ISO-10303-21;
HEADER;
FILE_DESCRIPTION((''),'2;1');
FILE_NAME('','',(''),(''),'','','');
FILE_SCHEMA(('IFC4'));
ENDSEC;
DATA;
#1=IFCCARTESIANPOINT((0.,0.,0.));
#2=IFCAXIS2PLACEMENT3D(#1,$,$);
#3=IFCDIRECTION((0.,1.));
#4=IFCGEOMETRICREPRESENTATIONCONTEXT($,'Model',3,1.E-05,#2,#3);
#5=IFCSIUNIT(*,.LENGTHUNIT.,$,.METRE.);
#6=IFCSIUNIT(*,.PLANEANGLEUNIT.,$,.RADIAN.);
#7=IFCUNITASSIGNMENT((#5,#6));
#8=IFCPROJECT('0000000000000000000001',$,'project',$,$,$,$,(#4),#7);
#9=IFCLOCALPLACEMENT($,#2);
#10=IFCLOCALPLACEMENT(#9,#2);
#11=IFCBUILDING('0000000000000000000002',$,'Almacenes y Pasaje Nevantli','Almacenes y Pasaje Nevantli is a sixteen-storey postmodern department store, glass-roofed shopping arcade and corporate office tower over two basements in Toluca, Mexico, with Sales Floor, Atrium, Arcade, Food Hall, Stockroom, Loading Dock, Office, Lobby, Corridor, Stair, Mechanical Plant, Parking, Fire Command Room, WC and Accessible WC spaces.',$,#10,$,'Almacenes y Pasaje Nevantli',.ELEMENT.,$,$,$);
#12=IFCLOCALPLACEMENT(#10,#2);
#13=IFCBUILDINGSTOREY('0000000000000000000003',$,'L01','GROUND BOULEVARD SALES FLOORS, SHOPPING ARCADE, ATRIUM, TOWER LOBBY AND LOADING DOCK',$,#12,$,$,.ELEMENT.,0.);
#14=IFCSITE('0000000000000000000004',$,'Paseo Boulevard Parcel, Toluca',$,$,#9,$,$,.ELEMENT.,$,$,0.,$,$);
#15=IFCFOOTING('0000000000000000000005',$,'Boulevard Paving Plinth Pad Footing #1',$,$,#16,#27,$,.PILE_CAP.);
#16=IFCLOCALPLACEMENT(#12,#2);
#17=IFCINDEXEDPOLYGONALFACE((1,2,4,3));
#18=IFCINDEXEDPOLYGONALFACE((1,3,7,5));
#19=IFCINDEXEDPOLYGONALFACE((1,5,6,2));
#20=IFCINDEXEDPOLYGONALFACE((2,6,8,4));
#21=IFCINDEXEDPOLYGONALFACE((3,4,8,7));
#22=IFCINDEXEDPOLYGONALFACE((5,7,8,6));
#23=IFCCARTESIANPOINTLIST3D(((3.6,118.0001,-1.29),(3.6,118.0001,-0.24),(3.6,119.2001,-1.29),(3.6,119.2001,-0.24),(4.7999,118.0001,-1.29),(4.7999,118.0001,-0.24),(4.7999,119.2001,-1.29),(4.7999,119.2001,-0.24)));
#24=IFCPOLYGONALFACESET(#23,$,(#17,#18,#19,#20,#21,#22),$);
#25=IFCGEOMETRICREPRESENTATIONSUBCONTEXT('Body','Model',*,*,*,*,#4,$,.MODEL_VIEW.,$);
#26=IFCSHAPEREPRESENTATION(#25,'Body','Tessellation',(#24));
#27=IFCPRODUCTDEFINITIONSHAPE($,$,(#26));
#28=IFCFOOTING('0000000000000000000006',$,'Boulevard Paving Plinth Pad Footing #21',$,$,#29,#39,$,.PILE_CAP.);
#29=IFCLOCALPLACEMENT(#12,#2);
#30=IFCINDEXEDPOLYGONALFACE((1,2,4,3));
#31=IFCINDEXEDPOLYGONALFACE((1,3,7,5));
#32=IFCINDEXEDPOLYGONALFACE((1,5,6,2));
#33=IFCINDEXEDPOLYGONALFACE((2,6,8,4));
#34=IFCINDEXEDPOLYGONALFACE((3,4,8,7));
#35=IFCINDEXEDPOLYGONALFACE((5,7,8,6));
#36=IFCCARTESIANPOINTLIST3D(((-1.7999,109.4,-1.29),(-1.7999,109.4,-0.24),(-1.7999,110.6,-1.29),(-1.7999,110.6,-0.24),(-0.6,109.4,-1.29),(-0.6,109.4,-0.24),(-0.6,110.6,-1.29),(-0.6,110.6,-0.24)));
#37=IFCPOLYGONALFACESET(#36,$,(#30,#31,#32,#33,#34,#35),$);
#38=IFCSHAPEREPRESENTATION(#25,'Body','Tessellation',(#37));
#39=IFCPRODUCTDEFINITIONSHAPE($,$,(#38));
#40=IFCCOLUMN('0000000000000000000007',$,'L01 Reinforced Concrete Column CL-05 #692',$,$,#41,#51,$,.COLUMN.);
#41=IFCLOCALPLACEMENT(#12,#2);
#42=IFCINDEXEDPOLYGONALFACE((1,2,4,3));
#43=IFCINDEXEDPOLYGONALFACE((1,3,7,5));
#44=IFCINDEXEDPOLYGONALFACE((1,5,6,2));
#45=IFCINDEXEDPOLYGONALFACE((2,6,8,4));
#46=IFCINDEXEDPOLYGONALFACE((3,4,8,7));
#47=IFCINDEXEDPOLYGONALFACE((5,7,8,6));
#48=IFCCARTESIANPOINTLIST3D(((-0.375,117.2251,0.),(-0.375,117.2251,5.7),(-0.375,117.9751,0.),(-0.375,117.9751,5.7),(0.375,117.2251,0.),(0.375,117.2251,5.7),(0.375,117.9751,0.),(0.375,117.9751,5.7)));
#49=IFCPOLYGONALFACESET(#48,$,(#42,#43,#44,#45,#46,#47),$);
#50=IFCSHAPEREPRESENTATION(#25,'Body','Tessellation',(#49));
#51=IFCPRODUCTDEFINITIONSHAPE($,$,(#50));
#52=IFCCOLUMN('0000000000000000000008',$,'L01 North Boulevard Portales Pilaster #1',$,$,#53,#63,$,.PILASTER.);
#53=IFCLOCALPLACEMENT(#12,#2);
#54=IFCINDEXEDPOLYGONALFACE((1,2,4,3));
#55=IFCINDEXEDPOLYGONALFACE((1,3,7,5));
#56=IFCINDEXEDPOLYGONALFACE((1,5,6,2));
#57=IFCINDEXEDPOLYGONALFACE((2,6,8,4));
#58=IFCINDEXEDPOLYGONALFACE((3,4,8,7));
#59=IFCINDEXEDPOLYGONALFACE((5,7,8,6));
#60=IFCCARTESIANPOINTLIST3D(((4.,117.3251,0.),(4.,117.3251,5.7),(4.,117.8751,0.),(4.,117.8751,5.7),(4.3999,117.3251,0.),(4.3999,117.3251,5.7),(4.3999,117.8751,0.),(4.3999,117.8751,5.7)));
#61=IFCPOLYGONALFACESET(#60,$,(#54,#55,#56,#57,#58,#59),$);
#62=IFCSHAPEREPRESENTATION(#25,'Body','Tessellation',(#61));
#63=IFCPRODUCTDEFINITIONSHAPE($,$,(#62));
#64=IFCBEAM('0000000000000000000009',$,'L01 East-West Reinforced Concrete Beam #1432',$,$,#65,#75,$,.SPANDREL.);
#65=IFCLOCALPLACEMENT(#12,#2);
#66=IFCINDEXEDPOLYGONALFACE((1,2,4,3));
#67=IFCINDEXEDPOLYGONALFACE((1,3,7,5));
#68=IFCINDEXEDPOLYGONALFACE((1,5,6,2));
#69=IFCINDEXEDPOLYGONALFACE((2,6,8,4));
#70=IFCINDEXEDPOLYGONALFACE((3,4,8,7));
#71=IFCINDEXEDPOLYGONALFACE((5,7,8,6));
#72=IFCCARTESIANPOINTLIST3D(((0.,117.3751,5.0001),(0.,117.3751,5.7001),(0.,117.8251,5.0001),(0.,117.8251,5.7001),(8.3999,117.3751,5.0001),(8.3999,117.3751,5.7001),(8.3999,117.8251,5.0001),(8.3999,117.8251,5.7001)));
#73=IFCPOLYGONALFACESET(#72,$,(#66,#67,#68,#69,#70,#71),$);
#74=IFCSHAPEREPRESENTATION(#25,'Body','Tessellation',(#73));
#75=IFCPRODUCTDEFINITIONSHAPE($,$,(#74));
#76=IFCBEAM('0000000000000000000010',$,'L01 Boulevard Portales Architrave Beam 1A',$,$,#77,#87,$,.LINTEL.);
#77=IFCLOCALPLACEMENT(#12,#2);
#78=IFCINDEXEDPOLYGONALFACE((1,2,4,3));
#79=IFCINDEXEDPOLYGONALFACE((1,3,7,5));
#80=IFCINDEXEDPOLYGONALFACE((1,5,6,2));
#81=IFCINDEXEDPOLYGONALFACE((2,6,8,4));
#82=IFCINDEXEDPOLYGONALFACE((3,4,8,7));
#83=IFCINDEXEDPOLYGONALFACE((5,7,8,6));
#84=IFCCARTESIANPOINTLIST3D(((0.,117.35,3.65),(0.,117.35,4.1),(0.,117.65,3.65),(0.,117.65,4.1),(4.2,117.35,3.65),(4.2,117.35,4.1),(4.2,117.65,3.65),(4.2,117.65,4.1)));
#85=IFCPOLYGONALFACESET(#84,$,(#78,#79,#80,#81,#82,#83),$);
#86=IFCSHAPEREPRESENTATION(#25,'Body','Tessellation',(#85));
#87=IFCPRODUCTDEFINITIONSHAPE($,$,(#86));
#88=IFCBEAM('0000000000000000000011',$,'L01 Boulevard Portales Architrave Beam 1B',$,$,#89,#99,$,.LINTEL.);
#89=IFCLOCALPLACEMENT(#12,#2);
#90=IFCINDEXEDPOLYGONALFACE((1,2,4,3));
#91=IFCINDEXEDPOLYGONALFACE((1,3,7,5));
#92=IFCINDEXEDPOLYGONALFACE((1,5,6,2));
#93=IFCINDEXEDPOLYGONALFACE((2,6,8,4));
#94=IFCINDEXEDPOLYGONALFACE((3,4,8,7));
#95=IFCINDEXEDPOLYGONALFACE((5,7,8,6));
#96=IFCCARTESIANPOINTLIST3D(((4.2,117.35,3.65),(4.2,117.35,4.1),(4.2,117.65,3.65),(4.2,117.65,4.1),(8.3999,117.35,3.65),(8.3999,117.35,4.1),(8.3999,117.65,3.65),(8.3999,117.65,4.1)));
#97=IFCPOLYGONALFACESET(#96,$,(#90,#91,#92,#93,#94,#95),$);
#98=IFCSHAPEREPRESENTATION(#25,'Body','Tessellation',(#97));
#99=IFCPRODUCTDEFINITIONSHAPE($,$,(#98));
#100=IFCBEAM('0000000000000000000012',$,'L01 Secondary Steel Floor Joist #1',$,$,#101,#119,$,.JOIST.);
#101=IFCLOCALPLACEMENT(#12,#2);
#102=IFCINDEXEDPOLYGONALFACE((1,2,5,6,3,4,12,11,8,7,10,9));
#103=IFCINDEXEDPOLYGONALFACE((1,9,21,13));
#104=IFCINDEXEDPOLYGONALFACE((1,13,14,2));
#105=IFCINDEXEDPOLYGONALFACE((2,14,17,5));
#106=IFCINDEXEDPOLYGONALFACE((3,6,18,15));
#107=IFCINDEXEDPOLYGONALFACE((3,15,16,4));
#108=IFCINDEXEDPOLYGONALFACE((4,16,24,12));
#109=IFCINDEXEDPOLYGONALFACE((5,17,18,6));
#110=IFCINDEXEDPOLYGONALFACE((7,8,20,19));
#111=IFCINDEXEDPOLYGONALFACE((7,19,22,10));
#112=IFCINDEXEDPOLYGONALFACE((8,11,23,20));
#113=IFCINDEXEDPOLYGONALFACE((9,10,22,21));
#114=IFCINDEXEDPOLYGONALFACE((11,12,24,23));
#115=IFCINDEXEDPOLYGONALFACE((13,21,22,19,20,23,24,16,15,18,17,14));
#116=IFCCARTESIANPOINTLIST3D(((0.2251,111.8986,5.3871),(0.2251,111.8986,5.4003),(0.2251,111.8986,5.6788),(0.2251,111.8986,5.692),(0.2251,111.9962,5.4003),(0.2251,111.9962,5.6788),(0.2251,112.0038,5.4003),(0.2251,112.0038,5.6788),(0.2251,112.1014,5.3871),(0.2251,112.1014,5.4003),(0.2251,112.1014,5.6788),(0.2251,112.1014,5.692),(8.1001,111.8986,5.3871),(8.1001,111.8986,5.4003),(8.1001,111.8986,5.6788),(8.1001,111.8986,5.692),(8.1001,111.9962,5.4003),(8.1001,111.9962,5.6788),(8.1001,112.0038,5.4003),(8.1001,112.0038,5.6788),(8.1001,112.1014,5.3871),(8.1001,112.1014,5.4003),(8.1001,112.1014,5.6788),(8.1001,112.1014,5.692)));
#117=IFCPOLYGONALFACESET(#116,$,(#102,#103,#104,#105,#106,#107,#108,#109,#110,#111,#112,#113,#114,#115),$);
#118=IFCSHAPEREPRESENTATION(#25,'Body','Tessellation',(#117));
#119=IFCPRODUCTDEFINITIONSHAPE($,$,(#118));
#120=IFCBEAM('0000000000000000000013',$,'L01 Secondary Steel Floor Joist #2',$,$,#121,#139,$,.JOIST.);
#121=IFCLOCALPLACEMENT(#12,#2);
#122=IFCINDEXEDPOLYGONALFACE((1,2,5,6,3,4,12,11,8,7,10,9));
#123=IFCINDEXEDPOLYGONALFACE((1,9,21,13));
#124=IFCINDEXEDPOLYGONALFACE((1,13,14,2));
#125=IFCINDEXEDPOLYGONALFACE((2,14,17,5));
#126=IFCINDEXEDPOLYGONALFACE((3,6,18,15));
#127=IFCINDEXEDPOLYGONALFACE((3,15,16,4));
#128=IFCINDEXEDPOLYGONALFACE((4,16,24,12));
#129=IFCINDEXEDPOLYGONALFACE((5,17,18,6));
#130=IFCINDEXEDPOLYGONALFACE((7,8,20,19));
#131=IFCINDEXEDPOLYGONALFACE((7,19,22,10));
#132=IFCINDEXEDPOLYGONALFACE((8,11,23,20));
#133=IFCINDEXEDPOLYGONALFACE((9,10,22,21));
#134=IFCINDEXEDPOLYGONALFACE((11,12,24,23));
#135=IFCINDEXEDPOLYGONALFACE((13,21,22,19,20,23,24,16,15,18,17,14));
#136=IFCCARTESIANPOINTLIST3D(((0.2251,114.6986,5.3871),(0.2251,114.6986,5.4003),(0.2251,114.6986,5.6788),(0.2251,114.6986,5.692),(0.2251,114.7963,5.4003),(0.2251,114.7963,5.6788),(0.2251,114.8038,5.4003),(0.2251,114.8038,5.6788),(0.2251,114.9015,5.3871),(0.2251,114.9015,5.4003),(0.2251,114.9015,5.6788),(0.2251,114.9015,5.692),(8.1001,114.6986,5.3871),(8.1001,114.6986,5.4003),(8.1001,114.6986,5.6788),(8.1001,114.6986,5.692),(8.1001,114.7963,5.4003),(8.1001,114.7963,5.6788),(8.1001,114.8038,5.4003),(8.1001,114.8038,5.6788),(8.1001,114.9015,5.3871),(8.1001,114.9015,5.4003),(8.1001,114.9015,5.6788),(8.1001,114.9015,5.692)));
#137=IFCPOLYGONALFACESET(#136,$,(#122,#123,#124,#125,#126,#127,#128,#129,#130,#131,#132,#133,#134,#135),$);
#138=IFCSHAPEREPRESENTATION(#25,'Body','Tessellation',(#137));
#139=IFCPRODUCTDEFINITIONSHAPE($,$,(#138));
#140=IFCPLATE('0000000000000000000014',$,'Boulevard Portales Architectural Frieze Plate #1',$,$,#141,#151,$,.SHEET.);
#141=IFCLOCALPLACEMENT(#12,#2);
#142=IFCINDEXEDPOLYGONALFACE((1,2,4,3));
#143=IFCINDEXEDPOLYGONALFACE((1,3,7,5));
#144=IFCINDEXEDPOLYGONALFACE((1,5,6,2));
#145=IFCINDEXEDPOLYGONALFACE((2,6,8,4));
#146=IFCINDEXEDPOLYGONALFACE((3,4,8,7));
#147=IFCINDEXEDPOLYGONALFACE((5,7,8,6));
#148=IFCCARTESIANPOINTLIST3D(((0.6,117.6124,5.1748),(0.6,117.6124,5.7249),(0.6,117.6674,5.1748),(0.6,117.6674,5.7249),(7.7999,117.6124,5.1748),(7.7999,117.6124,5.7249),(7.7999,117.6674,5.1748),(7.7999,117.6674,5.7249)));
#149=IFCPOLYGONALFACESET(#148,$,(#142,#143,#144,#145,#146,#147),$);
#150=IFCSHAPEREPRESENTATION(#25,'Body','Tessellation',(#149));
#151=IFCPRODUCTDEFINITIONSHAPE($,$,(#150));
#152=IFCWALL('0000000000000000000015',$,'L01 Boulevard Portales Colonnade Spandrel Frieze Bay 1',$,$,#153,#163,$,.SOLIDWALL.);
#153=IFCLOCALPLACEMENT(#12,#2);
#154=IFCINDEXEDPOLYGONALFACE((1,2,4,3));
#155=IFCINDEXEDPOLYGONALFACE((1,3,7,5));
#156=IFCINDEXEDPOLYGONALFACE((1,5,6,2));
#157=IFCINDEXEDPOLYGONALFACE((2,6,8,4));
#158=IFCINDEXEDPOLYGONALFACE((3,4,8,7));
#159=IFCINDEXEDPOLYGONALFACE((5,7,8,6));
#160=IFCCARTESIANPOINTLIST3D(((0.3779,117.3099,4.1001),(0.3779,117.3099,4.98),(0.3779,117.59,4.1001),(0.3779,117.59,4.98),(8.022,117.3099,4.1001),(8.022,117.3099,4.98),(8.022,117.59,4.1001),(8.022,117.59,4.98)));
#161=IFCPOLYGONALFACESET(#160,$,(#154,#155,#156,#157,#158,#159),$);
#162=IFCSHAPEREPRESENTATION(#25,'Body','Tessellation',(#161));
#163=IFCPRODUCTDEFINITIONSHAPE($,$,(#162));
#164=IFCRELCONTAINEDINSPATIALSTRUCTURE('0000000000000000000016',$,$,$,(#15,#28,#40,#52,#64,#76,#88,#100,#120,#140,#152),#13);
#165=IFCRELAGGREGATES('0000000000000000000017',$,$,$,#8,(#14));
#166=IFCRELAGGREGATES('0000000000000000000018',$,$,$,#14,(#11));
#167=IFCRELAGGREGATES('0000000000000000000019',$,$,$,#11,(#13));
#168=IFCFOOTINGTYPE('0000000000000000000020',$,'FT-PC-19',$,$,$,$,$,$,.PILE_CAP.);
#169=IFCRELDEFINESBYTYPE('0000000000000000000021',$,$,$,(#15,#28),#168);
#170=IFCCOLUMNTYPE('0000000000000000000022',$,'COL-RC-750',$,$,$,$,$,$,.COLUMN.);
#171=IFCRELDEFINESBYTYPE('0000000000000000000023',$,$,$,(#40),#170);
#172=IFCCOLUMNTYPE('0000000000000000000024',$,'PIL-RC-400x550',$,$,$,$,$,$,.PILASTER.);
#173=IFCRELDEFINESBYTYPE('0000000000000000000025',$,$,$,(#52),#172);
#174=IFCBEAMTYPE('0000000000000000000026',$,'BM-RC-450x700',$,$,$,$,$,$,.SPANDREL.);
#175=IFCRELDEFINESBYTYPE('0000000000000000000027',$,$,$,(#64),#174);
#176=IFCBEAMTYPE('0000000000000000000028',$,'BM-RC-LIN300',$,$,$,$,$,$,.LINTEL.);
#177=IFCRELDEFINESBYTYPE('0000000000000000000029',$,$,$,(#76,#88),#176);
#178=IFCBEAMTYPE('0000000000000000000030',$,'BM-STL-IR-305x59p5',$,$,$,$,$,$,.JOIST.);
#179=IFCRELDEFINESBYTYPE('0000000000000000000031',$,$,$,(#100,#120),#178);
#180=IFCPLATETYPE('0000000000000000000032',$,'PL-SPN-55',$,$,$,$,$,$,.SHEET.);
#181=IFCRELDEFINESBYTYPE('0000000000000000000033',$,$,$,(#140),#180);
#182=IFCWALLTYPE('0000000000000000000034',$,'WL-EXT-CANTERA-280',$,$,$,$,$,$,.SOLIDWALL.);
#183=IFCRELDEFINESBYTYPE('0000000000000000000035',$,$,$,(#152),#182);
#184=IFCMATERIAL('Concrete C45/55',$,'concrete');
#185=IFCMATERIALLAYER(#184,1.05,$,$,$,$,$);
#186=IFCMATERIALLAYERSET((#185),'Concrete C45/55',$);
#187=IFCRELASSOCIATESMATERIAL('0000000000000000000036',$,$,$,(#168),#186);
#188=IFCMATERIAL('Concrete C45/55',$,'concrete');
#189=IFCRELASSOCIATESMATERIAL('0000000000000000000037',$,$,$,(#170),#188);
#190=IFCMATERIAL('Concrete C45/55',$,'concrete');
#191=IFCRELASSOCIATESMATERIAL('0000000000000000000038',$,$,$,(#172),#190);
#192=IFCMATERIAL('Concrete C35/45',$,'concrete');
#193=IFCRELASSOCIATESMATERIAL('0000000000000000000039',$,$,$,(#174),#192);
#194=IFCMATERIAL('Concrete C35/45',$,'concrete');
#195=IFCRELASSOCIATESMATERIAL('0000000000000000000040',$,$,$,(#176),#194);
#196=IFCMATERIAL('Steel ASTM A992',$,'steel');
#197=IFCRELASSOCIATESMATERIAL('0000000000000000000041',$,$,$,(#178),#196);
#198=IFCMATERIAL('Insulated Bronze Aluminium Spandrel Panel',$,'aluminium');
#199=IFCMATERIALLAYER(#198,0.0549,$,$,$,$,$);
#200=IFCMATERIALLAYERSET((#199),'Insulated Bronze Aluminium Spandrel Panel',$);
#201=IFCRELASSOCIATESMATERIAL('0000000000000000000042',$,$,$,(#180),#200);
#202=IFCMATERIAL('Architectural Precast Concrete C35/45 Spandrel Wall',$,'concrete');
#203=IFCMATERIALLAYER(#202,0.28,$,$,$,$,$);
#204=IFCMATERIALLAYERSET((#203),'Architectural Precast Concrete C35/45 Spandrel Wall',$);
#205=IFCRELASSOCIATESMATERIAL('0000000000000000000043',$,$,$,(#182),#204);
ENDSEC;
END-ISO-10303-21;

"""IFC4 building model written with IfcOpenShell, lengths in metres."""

from ifc_helpers import new_model, si_unit, direction, frame, frame_2d, origin, origin_2d, place, context, subcontext, project, spatial, rectangle, i_section, extrude, material, layer, layer_set, material_profile, profile_set, type_object, element, save


model = new_model("IFC4")

# Units and contexts
model_context = context("Model", 3, precision=1e-05, world=origin(), true_north=direction((0.0, 1.0)))
body_context = subcontext(model_context, "Body", "Model", "MODEL_VIEW")
ifc_project = project(units=[si_unit("LENGTHUNIT", "METRE"), si_unit("PLANEANGLEUNIT", "RADIAN")], contexts=[model_context])

# Site, building, storey
site_placement = place(None, origin())
site = spatial("IfcSite", under=ifc_project, at=site_placement, Name="Paseo Boulevard Parcel, Toluca", CompositionType="ELEMENT", RefElevation=0.0)
building_placement = place(site_placement, origin())
building = spatial("IfcBuilding", under=site, at=building_placement, Name="Almacenes y Pasaje Nevantli", Description="Almacenes y Pasaje Nevantli is a sixteen-storey postmodern department store, glass-roofed shopping arcade and corporate office tower over two basements in Toluca, Mexico, with Sales Floor, Atrium, Arcade, Food Hall, Stockroom, Loading Dock, Office, Lobby, Corridor, Stair, Mechanical Plant, Parking, Fire Command Room, WC and Accessible WC spaces.", LongName="Almacenes y Pasaje Nevantli", CompositionType="ELEMENT")
storey_placement = place(building_placement, origin())
storey = spatial("IfcBuildingStorey", under=building, at=storey_placement, Name="L01", Description="GROUND BOULEVARD SALES FLOORS, SHOPPING ARCADE, ATRIUM, TOWER LOBBY AND LOADING DOCK", CompositionType="ELEMENT", Elevation=0.0)

# Footings
ifc_material_1 = material(Name="Concrete C45/55", Category="concrete")
ifc_layer_1 = layer(ifc_material_1, 1.05)
ifc_layer_set_1 = layer_set([ifc_layer_1], Name="Concrete C45/55")
footing_type = type_object("IfcFootingType", Name="FT-PC-19", PredefinedType="PILE_CAP", material=ifc_layer_set_1)
for number, where, z_axis, x_axis, name in (
    (1, (4.2, 118.6001, -1.29), (0.0, 0.0, 1.0), (1.0, 0.0, 0.0), "Boulevard Paving Plinth Pad Footing #1"),
    (2, (-1.2, 110.0, -1.29), (0.0, 0.0, 1.0), (1.0, 0.0, 0.0), "Boulevard Paving Plinth Pad Footing #21"),
):
    element("IfcFooting", number, at=place(storey_placement, frame(where, z_axis=z_axis, x_axis=x_axis)), inside=storey, type_object=footing_type, Name=name, PredefinedType="PILE_CAP", context=body_context, shape_type="SweptSolid", body=[
        extrude(rectangle(XDim=1.2, YDim=1.2, at=origin_2d()), origin(), (0.0, 0.0, 1.0), 1.05),
    ])

# Columns
ifc_material_2 = material(Name="Concrete C45/55", Category="concrete")
ifc_material_profile_1 = material_profile(ifc_material_2, rectangle(XDim=0.75, YDim=0.75, at=origin_2d()), Name="RC-COL-750x750")
ifc_profile_set_1 = profile_set([ifc_material_profile_1], Name="Concrete C45/55")
column_type_1 = type_object("IfcColumnType", Name="COL-RC-750", PredefinedType="COLUMN", material=ifc_profile_set_1)
column_1_placement = place(storey_placement, frame((0.0, 117.6001, 0.0), z_axis=(0.0, 0.0, 1.0), x_axis=(1.0, 0.0, 0.0)))
element("IfcColumn", 3, at=column_1_placement, inside=storey, type_object=column_type_1, Name="L01 Reinforced Concrete Column CL-05 #692", PredefinedType="COLUMN", context=body_context, shape_type="SweptSolid", body=[
    extrude(rectangle(XDim=0.75, YDim=0.75, at=origin_2d()), origin(), (0.0, 0.0, 1.0), 5.7),
])
ifc_material_3 = material(Name="Concrete C45/55", Category="concrete")
ifc_material_profile_2 = material_profile(ifc_material_3, rectangle(XDim=0.3999, YDim=0.55, at=origin_2d()), Name="RC-PIL-400x550")
ifc_profile_set_2 = profile_set([ifc_material_profile_2], Name="Concrete C45/55")
column_type_2 = type_object("IfcColumnType", Name="PIL-RC-400x550", PredefinedType="PILASTER", material=ifc_profile_set_2)
column_2_placement = place(storey_placement, frame((4.2, 117.6001, 0.0), z_axis=(0.0, 0.0, 1.0), x_axis=(1.0, 0.0, 0.0)))
element("IfcColumn", 4, at=column_2_placement, inside=storey, type_object=column_type_2, Name="L01 North Boulevard Portales Pilaster #1", PredefinedType="PILASTER", context=body_context, shape_type="SweptSolid", body=[
    extrude(rectangle(XDim=0.3999, YDim=0.55, at=origin_2d()), origin(), (0.0, 0.0, 1.0), 5.7),
])

# Beams
ifc_material_4 = material(Name="Concrete C35/45", Category="concrete")
ifc_material_profile_3 = material_profile(ifc_material_4, rectangle(XDim=0.45, YDim=0.7, at=origin_2d()), Name="RC-BM-450x700")
ifc_profile_set_3 = profile_set([ifc_material_profile_3], Name="Concrete C35/45")
beam_type_1 = type_object("IfcBeamType", Name="BM-RC-450x700", PredefinedType="SPANDREL", material=ifc_profile_set_3)
beam_placement = place(storey_placement, frame((0.0, 117.6001, 5.3501), z_axis=(1.0, 0.0, 0.0), x_axis=(0.0, 1.0, 0.0)))
element("IfcBeam", 5, at=beam_placement, inside=storey, type_object=beam_type_1, Name="L01 East-West Reinforced Concrete Beam #1432", PredefinedType="SPANDREL", context=body_context, shape_type="SweptSolid", body=[
    extrude(rectangle(XDim=0.45, YDim=0.7, at=origin_2d()), origin(), (0.0, 0.0, 1.0), 8.3999),
])
ifc_material_5 = material(Name="Concrete C35/45", Category="concrete")
ifc_material_profile_4 = material_profile(ifc_material_5, rectangle(XDim=0.3, YDim=0.45, at=origin_2d()), Name="RC-LIN-300x450")
ifc_profile_set_4 = profile_set([ifc_material_profile_4], Name="Concrete C35/45")
beam_type_2 = type_object("IfcBeamType", Name="BM-RC-LIN300", PredefinedType="LINTEL", material=ifc_profile_set_4)
for number, where, z_axis, x_axis, name in (
    (6, (0.0, 117.5, 3.875), (1.0, 0.0, 0.0), (0.0, 1.0, 0.0), "L01 Boulevard Portales Architrave Beam 1A"),
    (7, (4.2, 117.5, 3.875), (1.0, 0.0, 0.0), (0.0, 1.0, 0.0), "L01 Boulevard Portales Architrave Beam 1B"),
):
    element("IfcBeam", number, at=place(storey_placement, frame(where, z_axis=z_axis, x_axis=x_axis)), inside=storey, type_object=beam_type_2, Name=name, PredefinedType="LINTEL", context=body_context, shape_type="SweptSolid", body=[
        extrude(rectangle(XDim=0.3, YDim=0.45, at=origin_2d()), origin(), (0.0, 0.0, 1.0), 4.2),
    ])
ifc_material_6 = material(Name="Steel ASTM A992", Category="steel")
ifc_material_profile_5 = material_profile(ifc_material_6, i_section(OverallWidth=0.2029, OverallDepth=0.3049, WebThickness=0.0076, FlangeThickness=0.0132, at=origin_2d()), Name="IR 305x59.5")
ifc_profile_set_5 = profile_set([ifc_material_profile_5], Name="Steel ASTM A992")
beam_type_3 = type_object("IfcBeamType", Name="BM-STL-IR-305x59p5", PredefinedType="JOIST", material=ifc_profile_set_5)
for number, where, z_axis, x_axis, name in (
    (8, (0.2251, 112.0, 5.5396), (1.0, 0.0, 0.0), (0.0, 1.0, 0.0), "L01 Secondary Steel Floor Joist #1"),
    (9, (0.2251, 114.8, 5.5396), (1.0, 0.0, 0.0), (0.0, 1.0, 0.0), "L01 Secondary Steel Floor Joist #2"),
):
    element("IfcBeam", number, at=place(storey_placement, frame(where, z_axis=z_axis, x_axis=x_axis)), inside=storey, type_object=beam_type_3, Name=name, PredefinedType="JOIST", context=body_context, shape_type="SweptSolid", body=[
        extrude(i_section(OverallWidth=0.2029, OverallDepth=0.3049, WebThickness=0.0076, FlangeThickness=0.0132, at=origin_2d()), origin(), (0.0, 0.0, 1.0), 7.875),
    ])

# Plate
ifc_material_7 = material(Name="Insulated Bronze Aluminium Spandrel Panel", Category="aluminium")
ifc_layer_2 = layer(ifc_material_7, 0.0549)
ifc_layer_set_2 = layer_set([ifc_layer_2], Name="Insulated Bronze Aluminium Spandrel Panel")
plate_type = type_object("IfcPlateType", Name="PL-SPN-55", PredefinedType="SHEET", material=ifc_layer_set_2)
plate_placement = place(storey_placement, frame((4.2, 117.6399, 5.1748), z_axis=(0.0, 0.0, 1.0), x_axis=(1.0, 0.0, 0.0)))
element("IfcPlate", 10, at=plate_placement, inside=storey, type_object=plate_type, Name="Boulevard Portales Architectural Frieze Plate #1", PredefinedType="SHEET", context=body_context, shape_type="SweptSolid", body=[
    extrude(rectangle(XDim=7.2, YDim=0.0549, at=origin_2d()), origin(), (0.0, 0.0, 1.0), 0.55),
])

# Wall
ifc_material_8 = material(Name="Architectural Precast Concrete C35/45 Spandrel Wall", Category="concrete")
ifc_layer_3 = layer(ifc_material_8, 0.28)
ifc_layer_set_3 = layer_set([ifc_layer_3], Name="Architectural Precast Concrete C35/45 Spandrel Wall")
wall_type_1 = type_object("IfcWallType", Name="WL-EXT-CANTERA-280", PredefinedType="SOLIDWALL", material=ifc_layer_set_3)
wall_1_placement = place(storey_placement, frame((0.3779, 117.45, 4.1001), z_axis=(0.0, 0.0, 1.0), x_axis=(1.0, 0.0, 0.0)))
element("IfcWall", 11, at=wall_1_placement, inside=storey, type_object=wall_type_1, Name="L01 Boulevard Portales Colonnade Spandrel Frieze Bay 1", PredefinedType="SOLIDWALL", context=body_context, shape_type="SweptSolid", body=[
    extrude(rectangle(XDim=7.644, YDim=0.28, at=frame_2d((3.822, 0.0))), origin(), (0.0, 0.0, 1.0), 0.8799),
])

save(model, "model.ifc")
